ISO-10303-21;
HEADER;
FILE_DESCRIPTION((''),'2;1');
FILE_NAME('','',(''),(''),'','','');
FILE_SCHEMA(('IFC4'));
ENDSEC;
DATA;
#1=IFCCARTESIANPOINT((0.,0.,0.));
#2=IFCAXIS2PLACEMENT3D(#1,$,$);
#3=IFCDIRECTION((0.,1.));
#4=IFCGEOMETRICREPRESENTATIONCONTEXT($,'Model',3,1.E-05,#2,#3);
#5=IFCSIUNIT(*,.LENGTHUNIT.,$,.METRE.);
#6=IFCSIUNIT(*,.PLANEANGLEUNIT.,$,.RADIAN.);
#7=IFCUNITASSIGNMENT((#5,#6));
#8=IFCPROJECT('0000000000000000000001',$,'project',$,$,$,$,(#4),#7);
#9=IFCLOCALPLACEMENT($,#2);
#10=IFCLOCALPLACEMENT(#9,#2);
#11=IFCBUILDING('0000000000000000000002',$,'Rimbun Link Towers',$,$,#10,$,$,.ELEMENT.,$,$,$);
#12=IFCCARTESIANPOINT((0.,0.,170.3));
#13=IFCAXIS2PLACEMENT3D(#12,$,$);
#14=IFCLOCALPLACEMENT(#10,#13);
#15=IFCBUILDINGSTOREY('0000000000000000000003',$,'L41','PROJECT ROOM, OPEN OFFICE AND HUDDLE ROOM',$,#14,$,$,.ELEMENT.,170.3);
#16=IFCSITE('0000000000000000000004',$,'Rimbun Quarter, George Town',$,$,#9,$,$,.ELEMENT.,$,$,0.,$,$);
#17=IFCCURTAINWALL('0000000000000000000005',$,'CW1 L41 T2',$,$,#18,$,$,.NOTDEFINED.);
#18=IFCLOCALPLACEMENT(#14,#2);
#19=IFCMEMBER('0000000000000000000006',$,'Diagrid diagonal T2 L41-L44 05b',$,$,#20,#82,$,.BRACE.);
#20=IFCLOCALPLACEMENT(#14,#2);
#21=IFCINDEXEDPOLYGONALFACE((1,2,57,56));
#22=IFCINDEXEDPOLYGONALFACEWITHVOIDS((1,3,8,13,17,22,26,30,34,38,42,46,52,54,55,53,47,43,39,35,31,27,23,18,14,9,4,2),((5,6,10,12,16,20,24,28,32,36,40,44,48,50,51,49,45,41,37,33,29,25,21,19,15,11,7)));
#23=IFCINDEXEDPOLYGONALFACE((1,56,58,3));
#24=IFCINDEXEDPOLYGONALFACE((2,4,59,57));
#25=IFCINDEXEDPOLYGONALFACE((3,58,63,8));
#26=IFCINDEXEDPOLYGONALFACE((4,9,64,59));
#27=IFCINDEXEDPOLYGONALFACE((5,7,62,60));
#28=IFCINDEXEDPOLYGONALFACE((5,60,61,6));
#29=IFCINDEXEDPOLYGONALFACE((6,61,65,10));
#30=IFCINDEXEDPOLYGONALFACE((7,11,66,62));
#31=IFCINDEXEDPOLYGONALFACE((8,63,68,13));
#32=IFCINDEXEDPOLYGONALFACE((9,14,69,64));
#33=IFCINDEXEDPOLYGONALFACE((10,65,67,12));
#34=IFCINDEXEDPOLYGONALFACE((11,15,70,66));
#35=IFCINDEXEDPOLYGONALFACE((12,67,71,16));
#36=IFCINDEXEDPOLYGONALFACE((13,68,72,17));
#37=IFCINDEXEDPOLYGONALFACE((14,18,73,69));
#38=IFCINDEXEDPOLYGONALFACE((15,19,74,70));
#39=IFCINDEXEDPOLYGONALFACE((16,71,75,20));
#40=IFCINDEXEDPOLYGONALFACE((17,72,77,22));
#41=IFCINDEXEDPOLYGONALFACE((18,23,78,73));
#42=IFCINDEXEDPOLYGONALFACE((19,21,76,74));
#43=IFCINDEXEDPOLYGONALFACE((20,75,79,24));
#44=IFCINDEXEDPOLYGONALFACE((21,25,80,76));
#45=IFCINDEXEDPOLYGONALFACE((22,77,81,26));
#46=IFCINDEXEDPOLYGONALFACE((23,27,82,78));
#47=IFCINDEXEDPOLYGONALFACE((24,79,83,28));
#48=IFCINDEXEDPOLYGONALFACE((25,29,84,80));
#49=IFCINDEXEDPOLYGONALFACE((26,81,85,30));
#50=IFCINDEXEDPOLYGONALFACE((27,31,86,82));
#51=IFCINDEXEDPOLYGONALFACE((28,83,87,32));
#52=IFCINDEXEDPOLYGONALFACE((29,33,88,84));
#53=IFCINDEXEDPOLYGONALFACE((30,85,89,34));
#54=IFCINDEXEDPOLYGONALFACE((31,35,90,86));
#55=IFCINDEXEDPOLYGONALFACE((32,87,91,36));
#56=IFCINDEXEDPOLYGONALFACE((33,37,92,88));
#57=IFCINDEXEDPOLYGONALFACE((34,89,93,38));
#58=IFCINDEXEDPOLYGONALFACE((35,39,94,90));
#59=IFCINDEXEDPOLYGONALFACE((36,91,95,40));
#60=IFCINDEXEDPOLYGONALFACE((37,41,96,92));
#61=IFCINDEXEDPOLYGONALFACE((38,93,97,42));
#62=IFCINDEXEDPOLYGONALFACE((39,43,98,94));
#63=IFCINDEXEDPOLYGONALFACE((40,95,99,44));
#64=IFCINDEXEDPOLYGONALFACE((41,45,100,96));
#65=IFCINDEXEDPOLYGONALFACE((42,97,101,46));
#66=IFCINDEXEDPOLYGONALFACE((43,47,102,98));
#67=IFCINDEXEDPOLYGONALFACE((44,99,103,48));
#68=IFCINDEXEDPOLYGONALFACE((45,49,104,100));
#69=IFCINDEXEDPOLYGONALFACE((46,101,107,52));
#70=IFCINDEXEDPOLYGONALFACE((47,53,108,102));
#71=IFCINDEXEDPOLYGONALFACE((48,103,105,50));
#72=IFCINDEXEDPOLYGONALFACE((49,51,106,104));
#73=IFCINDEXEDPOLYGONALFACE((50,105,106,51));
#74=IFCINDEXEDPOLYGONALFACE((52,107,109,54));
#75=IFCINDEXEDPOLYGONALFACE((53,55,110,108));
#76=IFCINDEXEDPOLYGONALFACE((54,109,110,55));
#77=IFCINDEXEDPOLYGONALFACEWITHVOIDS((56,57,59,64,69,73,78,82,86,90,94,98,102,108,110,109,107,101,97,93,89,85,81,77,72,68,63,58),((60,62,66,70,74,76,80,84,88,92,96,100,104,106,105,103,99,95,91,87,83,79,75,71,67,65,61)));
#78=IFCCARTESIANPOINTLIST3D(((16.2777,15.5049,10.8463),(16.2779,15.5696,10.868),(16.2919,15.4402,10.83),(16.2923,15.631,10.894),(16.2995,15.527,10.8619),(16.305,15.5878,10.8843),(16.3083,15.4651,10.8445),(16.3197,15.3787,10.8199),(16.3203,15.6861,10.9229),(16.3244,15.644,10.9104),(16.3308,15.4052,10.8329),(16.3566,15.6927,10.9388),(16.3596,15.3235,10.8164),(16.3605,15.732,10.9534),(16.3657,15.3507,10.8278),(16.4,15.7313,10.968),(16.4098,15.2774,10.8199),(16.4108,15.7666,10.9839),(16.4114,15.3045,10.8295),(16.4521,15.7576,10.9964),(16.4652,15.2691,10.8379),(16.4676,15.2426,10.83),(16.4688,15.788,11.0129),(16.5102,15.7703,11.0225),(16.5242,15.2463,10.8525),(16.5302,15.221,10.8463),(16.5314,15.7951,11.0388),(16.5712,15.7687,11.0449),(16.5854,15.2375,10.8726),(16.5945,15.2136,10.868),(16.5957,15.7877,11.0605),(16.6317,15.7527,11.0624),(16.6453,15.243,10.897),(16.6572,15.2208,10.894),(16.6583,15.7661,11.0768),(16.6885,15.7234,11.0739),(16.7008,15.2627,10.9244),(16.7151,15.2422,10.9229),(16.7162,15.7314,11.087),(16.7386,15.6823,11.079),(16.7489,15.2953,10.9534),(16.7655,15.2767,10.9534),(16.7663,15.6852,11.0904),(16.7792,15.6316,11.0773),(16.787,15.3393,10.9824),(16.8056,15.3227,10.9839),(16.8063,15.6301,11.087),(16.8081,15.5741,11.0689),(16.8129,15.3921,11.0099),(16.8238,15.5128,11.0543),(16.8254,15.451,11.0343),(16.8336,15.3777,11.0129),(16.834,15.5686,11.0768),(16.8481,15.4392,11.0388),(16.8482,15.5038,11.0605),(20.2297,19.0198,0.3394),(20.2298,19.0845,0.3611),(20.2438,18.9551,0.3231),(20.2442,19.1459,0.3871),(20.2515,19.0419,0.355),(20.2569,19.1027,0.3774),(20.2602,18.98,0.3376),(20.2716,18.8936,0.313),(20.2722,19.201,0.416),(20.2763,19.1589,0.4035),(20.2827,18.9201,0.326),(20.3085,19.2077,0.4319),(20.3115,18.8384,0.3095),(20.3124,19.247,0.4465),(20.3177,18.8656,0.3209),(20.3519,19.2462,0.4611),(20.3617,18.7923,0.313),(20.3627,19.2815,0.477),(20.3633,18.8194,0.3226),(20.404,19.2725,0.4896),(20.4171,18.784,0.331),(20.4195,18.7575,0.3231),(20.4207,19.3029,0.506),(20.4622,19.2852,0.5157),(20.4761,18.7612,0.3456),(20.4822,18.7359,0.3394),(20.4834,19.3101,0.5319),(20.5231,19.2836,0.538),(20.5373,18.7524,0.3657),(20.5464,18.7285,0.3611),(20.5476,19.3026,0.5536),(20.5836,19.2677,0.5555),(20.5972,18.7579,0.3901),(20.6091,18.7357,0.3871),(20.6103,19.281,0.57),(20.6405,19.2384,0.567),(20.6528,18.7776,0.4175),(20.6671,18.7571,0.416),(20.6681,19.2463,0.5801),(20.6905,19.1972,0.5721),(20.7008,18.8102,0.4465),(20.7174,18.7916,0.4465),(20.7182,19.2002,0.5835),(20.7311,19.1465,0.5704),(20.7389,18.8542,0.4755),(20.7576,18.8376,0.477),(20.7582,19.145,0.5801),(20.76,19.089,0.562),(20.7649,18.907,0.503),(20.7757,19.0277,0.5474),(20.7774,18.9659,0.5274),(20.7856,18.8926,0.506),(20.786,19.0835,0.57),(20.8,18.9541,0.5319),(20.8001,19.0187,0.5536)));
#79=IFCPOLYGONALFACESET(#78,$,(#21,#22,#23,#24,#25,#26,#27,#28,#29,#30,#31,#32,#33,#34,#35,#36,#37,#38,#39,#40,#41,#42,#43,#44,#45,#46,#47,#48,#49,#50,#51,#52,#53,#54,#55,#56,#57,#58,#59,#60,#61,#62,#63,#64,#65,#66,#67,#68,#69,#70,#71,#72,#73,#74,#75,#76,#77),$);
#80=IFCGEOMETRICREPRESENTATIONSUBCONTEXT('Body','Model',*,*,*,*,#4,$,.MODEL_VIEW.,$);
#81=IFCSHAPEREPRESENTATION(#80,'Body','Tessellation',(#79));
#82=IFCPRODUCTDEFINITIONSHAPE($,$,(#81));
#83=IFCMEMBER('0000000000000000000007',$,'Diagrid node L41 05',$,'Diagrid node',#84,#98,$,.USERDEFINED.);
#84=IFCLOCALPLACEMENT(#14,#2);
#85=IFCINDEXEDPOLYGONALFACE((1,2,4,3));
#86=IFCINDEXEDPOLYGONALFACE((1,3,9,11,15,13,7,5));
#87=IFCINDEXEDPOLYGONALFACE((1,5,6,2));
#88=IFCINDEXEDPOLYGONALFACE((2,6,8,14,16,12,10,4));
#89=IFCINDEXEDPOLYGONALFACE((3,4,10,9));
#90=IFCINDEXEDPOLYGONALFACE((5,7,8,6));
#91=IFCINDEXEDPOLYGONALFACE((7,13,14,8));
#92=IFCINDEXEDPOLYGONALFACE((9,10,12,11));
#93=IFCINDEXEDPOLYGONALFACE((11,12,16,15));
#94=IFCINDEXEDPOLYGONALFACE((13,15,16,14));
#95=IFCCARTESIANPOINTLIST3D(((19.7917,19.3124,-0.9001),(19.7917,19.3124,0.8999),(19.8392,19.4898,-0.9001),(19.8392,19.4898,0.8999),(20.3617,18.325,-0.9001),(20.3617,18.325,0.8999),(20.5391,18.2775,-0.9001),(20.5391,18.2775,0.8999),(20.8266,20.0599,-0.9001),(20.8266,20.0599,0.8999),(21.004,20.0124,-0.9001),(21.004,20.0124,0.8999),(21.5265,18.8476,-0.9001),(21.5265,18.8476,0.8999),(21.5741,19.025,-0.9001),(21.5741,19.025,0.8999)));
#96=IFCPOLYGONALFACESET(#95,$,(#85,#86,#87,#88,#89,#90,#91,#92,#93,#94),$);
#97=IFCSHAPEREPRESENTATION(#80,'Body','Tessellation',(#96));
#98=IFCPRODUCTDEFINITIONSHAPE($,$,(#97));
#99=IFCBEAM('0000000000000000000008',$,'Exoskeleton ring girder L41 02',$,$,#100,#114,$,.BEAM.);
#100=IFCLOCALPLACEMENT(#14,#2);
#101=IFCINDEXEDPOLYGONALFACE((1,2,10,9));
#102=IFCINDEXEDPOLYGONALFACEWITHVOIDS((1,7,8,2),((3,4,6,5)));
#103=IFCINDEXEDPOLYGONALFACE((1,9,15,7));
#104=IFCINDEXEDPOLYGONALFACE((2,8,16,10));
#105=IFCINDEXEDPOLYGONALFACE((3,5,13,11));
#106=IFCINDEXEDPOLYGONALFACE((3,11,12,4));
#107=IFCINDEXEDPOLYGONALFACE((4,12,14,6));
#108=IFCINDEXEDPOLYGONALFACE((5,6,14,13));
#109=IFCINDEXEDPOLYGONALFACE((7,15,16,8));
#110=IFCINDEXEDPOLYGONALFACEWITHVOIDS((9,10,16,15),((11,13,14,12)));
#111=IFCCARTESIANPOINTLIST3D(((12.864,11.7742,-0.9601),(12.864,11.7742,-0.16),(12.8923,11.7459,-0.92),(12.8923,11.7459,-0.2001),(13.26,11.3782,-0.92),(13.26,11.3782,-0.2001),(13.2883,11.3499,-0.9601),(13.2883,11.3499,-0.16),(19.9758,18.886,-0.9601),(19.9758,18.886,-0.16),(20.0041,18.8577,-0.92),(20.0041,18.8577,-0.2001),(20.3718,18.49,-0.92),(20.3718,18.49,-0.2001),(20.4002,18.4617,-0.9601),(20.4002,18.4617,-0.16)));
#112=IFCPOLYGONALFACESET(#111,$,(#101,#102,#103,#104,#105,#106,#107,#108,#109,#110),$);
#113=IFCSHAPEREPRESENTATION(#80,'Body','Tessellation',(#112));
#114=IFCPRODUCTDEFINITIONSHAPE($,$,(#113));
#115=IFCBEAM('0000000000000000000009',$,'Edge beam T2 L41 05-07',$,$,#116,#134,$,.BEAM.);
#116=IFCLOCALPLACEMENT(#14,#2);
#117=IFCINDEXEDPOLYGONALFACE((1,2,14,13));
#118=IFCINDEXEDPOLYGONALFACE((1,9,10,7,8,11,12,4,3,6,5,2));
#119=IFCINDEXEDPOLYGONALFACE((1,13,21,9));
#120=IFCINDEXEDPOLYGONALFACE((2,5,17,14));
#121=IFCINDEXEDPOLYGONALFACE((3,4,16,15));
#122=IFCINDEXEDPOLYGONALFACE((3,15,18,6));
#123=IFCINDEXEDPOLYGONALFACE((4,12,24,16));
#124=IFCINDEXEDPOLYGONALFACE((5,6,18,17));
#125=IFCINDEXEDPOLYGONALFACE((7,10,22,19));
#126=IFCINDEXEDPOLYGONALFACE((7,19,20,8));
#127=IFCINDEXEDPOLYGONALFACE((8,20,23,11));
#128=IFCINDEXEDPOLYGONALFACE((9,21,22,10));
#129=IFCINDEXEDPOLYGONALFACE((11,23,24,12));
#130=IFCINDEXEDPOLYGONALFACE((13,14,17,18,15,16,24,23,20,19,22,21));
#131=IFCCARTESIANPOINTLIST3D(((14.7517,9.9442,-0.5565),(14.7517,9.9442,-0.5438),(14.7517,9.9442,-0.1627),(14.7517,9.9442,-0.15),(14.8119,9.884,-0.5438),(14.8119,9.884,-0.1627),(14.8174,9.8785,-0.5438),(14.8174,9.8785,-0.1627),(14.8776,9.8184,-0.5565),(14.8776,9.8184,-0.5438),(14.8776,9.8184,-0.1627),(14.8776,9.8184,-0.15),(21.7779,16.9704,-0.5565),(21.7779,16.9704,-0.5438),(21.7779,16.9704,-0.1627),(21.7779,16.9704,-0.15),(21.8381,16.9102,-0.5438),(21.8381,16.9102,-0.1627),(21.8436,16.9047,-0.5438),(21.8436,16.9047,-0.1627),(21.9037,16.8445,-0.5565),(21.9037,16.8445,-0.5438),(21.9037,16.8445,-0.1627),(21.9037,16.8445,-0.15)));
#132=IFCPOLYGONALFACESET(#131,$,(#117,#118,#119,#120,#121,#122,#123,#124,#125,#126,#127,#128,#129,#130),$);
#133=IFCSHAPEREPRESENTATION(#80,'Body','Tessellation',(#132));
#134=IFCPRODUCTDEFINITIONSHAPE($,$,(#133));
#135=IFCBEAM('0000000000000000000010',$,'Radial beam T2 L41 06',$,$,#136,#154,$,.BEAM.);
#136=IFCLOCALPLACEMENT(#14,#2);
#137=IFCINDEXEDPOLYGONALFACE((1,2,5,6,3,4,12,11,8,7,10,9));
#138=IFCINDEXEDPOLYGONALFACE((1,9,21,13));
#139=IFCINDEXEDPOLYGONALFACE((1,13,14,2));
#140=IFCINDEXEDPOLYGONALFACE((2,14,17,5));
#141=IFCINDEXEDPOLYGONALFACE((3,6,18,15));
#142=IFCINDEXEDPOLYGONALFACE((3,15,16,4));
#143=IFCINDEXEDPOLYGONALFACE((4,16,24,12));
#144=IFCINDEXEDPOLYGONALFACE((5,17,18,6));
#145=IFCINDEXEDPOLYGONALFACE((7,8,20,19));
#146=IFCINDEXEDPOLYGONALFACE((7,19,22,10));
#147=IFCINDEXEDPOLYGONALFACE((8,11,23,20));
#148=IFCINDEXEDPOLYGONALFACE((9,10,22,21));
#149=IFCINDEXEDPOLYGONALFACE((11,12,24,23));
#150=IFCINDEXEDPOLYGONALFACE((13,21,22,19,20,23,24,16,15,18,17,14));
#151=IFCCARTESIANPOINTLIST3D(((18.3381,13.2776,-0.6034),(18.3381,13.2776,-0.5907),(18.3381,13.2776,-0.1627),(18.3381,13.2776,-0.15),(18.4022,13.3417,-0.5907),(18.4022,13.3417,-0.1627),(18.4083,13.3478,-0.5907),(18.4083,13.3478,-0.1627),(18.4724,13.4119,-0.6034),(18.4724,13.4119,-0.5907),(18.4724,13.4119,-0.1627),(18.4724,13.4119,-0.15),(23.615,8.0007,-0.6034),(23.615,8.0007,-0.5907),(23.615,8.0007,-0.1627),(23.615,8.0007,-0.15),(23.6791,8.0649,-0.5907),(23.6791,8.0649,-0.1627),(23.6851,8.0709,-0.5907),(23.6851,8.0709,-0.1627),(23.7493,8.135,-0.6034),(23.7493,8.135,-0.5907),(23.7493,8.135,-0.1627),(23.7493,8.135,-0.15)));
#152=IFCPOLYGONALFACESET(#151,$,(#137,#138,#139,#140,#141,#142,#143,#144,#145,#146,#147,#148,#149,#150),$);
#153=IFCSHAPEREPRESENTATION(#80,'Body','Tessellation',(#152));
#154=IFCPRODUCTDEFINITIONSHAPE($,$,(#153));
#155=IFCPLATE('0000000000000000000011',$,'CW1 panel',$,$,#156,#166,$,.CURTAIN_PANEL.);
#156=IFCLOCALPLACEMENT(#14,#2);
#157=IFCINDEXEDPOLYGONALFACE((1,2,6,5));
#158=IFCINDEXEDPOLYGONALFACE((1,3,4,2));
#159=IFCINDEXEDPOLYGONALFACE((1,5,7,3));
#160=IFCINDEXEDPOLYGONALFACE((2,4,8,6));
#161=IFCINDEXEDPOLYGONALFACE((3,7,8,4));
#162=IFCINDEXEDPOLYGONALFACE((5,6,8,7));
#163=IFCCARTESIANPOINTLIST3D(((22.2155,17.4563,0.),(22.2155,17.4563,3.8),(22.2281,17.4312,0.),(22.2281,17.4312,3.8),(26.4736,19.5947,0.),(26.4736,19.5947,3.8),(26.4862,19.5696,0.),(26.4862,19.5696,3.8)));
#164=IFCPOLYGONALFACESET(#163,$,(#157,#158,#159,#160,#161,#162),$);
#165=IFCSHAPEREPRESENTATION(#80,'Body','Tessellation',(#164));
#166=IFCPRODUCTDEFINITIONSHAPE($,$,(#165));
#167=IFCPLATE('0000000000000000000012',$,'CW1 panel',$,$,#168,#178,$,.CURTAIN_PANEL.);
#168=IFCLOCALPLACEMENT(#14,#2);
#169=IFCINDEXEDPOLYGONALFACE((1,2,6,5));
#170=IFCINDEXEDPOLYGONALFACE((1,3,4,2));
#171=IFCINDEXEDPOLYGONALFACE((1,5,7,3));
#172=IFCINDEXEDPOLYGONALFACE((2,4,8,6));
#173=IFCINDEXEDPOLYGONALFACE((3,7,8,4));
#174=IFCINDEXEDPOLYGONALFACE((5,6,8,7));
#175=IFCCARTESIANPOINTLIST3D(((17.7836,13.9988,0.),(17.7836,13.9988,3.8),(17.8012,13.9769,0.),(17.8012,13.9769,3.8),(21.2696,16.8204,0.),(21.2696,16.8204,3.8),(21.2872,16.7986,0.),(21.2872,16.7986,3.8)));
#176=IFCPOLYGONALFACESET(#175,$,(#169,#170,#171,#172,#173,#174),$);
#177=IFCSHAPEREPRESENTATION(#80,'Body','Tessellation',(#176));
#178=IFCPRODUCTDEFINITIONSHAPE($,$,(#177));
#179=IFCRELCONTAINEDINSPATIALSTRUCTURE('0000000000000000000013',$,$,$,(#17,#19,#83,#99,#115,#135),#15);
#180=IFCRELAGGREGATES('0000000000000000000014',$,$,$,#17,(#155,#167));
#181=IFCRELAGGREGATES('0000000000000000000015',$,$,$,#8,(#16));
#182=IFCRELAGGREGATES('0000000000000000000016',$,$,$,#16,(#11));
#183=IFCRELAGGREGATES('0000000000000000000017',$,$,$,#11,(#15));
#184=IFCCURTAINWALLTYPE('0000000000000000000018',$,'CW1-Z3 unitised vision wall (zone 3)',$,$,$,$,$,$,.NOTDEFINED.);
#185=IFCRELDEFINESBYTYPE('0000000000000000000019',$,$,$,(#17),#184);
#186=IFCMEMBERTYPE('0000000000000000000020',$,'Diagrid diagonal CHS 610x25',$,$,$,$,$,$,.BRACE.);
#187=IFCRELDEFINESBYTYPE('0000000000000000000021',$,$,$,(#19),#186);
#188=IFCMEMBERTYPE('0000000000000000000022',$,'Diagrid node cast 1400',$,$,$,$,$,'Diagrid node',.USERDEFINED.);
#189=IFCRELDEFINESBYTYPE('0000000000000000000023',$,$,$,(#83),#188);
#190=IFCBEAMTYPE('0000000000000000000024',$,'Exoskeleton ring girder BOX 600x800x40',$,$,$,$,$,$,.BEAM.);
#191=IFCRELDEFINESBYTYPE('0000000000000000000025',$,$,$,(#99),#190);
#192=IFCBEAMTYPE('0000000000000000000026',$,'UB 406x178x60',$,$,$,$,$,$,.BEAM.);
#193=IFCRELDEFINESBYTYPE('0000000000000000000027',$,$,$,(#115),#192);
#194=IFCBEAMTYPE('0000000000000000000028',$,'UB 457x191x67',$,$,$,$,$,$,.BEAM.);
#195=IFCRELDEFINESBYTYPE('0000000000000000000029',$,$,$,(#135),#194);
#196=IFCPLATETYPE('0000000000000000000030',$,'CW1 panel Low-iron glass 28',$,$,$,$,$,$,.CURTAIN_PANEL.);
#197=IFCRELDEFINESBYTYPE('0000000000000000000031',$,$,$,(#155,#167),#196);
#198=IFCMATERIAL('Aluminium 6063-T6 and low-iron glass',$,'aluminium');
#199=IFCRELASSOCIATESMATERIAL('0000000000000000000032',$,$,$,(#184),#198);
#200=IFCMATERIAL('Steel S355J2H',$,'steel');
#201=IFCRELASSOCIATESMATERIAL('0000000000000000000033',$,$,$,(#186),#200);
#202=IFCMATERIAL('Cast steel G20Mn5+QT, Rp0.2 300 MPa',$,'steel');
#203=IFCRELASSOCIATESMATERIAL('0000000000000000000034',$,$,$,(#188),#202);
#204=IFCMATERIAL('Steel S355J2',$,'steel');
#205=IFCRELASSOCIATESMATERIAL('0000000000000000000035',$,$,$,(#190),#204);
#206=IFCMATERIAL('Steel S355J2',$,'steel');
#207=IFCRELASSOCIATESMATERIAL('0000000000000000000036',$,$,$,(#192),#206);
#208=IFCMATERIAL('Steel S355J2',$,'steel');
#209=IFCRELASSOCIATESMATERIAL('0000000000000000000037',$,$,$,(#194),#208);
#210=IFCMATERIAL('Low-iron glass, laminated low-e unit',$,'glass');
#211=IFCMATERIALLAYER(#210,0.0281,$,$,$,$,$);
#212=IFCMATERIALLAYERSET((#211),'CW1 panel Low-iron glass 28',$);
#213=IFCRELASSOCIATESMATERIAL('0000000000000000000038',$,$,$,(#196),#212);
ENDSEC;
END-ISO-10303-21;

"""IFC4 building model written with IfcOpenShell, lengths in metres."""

from ifc_helpers import new_model, si_unit, direction, frame, origin, origin_2d, place, context, subcontext, project, spatial, polyline, rectangle, hollow_rectangle, hollow_circle, i_section, outline, extrude, material, layer, layer_set, material_profile, profile_set, type_object, element, aggregate, save


model = new_model("IFC4")

# Units and contexts
model_context = context("Model", 3, precision=1e-05, world=origin(), true_north=direction((0.0, 1.0)))
body_context = subcontext(model_context, "Body", "Model", "MODEL_VIEW")
ifc_project = project(units=[si_unit("LENGTHUNIT", "METRE"), si_unit("PLANEANGLEUNIT", "RADIAN")], contexts=[model_context])

# Site, building, storey
site_placement = place(None, origin())
site = spatial("IfcSite", under=ifc_project, at=site_placement, Name="Rimbun Quarter, George Town", CompositionType="ELEMENT", RefElevation=0.0)
building_placement = place(site_placement, origin())
building = spatial("IfcBuilding", under=site, at=building_placement, Name="Rimbun Link Towers", CompositionType="ELEMENT")
storey_placement = place(building_placement, frame((0.0, 0.0, 170.3)))
storey = spatial("IfcBuildingStorey", under=building, at=storey_placement, Name="L41", Description="PROJECT ROOM, OPEN OFFICE AND HUDDLE ROOM", CompositionType="ELEMENT", Elevation=170.3)

# Curtain wall
ifc_material_1 = material(Name="Aluminium 6063-T6 and low-iron glass", Category="aluminium")
curtain_wall_type = type_object("IfcCurtainWallType", Name="CW1-Z3 unitised vision wall (zone 3)", PredefinedType="NOTDEFINED", material=ifc_material_1)
curtain_wall_placement = place(storey_placement, origin())
curtain_wall = element("IfcCurtainWall", 1, at=curtain_wall_placement, inside=storey, type_object=curtain_wall_type, Name="CW1 L41 T2", PredefinedType="NOTDEFINED")

# Members
ifc_material_2 = material(Name="Steel S355J2H", Category="steel")
ifc_material_profile_1 = material_profile(ifc_material_2, hollow_circle(Radius=0.3047, WallThickness=0.0249, at=origin_2d()), Name="Diagrid diagonal CHS 610x25")
ifc_profile_set_1 = profile_set([ifc_material_profile_1], Name="Steel S355J2H")
member_type_1 = type_object("IfcMemberType", Name="Diagrid diagonal CHS 610x25", PredefinedType="BRACE", material=ifc_profile_set_1)
member_1_placement = place(storey_placement, frame((20.5149, 19.0193, 0.4465), z_axis=(-0.335964, -0.298812, 0.893219), x_axis=(0.664584, -0.747213, 0.0)))
element("IfcMember", 2, at=member_1_placement, inside=storey, type_object=member_type_1, Name="Diagrid diagonal T2 L41-L44 05b", PredefinedType="BRACE", context=body_context, shape_type="SweptSolid", body=[
    extrude(hollow_circle(Radius=0.3047, WallThickness=0.0249, at=origin_2d()), origin(), (0.0, 0.0, 1.0), 11.7629),
])
ifc_material_3 = material(Name="Cast steel G20Mn5+QT, Rp0.2 300 MPa", Category="steel")
ifc_material_profile_2 = material_profile(ifc_material_3, outline(polyline([(0.7, -0.5701), (0.7, 0.5701), (0.5701, 0.7), (-0.5701, 0.7), (-0.7, 0.5701), (-0.7, -0.5701), (-0.5701, -0.7), (0.5701, -0.7), (0.7, -0.5701)])), Name="NODE 1400x1400")
ifc_profile_set_2 = profile_set([ifc_material_profile_2], Name="Cast steel G20Mn5+QT, Rp0.2 300 MPa")
member_type_2 = type_object("IfcMemberType", Name="Diagrid node cast 1400", ElementType="Diagrid node", PredefinedType="USERDEFINED", material=ifc_profile_set_2)
member_2_placement = place(storey_placement, frame((20.6829, 19.1687, -0.9001), z_axis=(0.0, 0.0, 1.0), x_axis=(-0.5, 0.866025, 0.0)))
element("IfcMember", 3, at=member_2_placement, inside=storey, type_object=member_type_2, Name="Diagrid node L41 05", ObjectType="Diagrid node", PredefinedType="USERDEFINED", context=body_context, shape_type="SweptSolid", body=[
    extrude(outline(polyline([(0.7, -0.5701), (0.7, 0.5701), (0.5701, 0.7), (-0.5701, 0.7), (-0.7, 0.5701), (-0.7, -0.5701), (-0.5701, -0.7), (0.5701, -0.7), (0.7, -0.5701)])), origin(), (0.0, 0.0, 1.0), 1.8),
])

# Beams
ifc_material_4 = material(Name="Steel S355J2", Category="steel")
ifc_material_profile_3 = material_profile(ifc_material_4, hollow_rectangle(XDim=0.6001, YDim=0.8, WallThickness=0.04, at=origin_2d()), Name="Exoskeleton ring girder BOX 600x800x40")
ifc_profile_set_3 = profile_set([ifc_material_profile_3], Name="Steel S355J2")
beam_type_1 = type_object("IfcBeamType", Name="Exoskeleton ring girder BOX 600x800x40", PredefinedType="BEAM", material=ifc_profile_set_3)
beam_1_placement = place(storey_placement, frame((20.188, 18.6738, -0.5601), z_axis=(-0.707107, -0.707107, 0.0), x_axis=(0.707107, -0.707107, 0.0)))
element("IfcBeam", 4, at=beam_1_placement, inside=storey, type_object=beam_type_1, Name="Exoskeleton ring girder L41 02", PredefinedType="BEAM", context=body_context, shape_type="SweptSolid", body=[
    extrude(hollow_rectangle(XDim=0.6001, YDim=0.8, WallThickness=0.04, at=origin_2d()), origin(), (0.0, 0.0, 1.0), 10.0576),
])
ifc_material_5 = material(Name="Steel S355J2", Category="steel")
ifc_material_profile_4 = material_profile(ifc_material_5, i_section(OverallWidth=0.178, OverallDepth=0.4065, WebThickness=0.0078, FlangeThickness=0.0127, at=origin_2d()), Name="UB 406x178x60")
ifc_profile_set_4 = profile_set([ifc_material_profile_4], Name="Steel S355J2")
beam_type_2 = type_object("IfcBeamType", Name="UB 406x178x60", PredefinedType="BEAM", material=ifc_profile_set_4)
beam_2_placement = place(storey_placement, frame((21.8408, 16.9075, -0.3533), z_axis=(-0.707107, -0.707107, 0.0), x_axis=(0.707107, -0.707107, 0.0)))
element("IfcBeam", 5, at=beam_2_placement, inside=storey, type_object=beam_type_2, Name="Edge beam T2 L41 05-07", PredefinedType="BEAM", context=body_context, shape_type="SweptSolid", body=[
    extrude(i_section(OverallWidth=0.178, OverallDepth=0.4065, WebThickness=0.0078, FlangeThickness=0.0127, at=origin_2d()), origin(), (0.0, 0.0, 1.0), 9.9365),
])
ifc_material_6 = material(Name="Steel S355J2", Category="steel")
ifc_material_profile_5 = material_profile(ifc_material_6, i_section(OverallWidth=0.1899, OverallDepth=0.4534, WebThickness=0.0085, FlangeThickness=0.0127, at=origin_2d()), Name="UB 457x191x67")
ifc_profile_set_5 = profile_set([ifc_material_profile_5], Name="Steel S355J2")
beam_type_3 = type_object("IfcBeamType", Name="UB 457x191x67", PredefinedType="BEAM", material=ifc_profile_set_5)
beam_3_placement = place(storey_placement, frame((23.6821, 8.0679, -0.3767), z_axis=(-0.707107, 0.707107, 0.0), x_axis=(-0.707107, -0.707107, 0.0)))
element("IfcBeam", 6, at=beam_3_placement, inside=storey, type_object=beam_type_3, Name="Radial beam T2 L41 06", PredefinedType="BEAM", context=body_context, shape_type="SweptSolid", body=[
    extrude(i_section(OverallWidth=0.1899, OverallDepth=0.4534, WebThickness=0.0085, FlangeThickness=0.0127, at=origin_2d()), origin(), (0.0, 0.0, 1.0), 7.4626),
])

# Plates
ifc_material_7 = material(Name="Low-iron glass, laminated low-e unit", Category="glass")
ifc_layer_1 = layer(ifc_material_7, 0.0281)
ifc_layer_set_1 = layer_set([ifc_layer_1], Name="CW1 panel Low-iron glass 28")
plate_type = type_object("IfcPlateType", Name="CW1 panel Low-iron glass 28", PredefinedType="CURTAIN_PANEL", material=ifc_layer_set_1)
plate_1_placement = place(storey_placement, frame((24.3508, 18.5129, 0.0), z_axis=(0.0, 0.0, 1.0), x_axis=(0.893646, 0.448773, 0.0)))
plate_1 = element("IfcPlate", 7, at=plate_1_placement, type_object=plate_type, Name="CW1 panel", PredefinedType="CURTAIN_PANEL", context=body_context, shape_type="SweptSolid", body=[
    extrude(rectangle(XDim=4.7649, YDim=0.0281, at=origin_2d()), origin(), (0.0, 0.0, 1.0), 3.8),
])
plate_2_placement = place(storey_placement, frame((19.5354, 15.3987, 0.0), z_axis=(0.0, 0.0, 1.0), x_axis=(0.777278, 0.629158, 0.0)))
plate_2 = element("IfcPlate", 8, at=plate_2_placement, type_object=plate_type, Name="CW1 panel", PredefinedType="CURTAIN_PANEL", context=body_context, shape_type="SweptSolid", body=[
    extrude(rectangle(XDim=4.4849, YDim=0.0281, at=origin_2d()), origin(), (0.0, 0.0, 1.0), 3.8),
])
aggregate(curtain_wall, [plate_1, plate_2])

save(model, "model.ifc")
